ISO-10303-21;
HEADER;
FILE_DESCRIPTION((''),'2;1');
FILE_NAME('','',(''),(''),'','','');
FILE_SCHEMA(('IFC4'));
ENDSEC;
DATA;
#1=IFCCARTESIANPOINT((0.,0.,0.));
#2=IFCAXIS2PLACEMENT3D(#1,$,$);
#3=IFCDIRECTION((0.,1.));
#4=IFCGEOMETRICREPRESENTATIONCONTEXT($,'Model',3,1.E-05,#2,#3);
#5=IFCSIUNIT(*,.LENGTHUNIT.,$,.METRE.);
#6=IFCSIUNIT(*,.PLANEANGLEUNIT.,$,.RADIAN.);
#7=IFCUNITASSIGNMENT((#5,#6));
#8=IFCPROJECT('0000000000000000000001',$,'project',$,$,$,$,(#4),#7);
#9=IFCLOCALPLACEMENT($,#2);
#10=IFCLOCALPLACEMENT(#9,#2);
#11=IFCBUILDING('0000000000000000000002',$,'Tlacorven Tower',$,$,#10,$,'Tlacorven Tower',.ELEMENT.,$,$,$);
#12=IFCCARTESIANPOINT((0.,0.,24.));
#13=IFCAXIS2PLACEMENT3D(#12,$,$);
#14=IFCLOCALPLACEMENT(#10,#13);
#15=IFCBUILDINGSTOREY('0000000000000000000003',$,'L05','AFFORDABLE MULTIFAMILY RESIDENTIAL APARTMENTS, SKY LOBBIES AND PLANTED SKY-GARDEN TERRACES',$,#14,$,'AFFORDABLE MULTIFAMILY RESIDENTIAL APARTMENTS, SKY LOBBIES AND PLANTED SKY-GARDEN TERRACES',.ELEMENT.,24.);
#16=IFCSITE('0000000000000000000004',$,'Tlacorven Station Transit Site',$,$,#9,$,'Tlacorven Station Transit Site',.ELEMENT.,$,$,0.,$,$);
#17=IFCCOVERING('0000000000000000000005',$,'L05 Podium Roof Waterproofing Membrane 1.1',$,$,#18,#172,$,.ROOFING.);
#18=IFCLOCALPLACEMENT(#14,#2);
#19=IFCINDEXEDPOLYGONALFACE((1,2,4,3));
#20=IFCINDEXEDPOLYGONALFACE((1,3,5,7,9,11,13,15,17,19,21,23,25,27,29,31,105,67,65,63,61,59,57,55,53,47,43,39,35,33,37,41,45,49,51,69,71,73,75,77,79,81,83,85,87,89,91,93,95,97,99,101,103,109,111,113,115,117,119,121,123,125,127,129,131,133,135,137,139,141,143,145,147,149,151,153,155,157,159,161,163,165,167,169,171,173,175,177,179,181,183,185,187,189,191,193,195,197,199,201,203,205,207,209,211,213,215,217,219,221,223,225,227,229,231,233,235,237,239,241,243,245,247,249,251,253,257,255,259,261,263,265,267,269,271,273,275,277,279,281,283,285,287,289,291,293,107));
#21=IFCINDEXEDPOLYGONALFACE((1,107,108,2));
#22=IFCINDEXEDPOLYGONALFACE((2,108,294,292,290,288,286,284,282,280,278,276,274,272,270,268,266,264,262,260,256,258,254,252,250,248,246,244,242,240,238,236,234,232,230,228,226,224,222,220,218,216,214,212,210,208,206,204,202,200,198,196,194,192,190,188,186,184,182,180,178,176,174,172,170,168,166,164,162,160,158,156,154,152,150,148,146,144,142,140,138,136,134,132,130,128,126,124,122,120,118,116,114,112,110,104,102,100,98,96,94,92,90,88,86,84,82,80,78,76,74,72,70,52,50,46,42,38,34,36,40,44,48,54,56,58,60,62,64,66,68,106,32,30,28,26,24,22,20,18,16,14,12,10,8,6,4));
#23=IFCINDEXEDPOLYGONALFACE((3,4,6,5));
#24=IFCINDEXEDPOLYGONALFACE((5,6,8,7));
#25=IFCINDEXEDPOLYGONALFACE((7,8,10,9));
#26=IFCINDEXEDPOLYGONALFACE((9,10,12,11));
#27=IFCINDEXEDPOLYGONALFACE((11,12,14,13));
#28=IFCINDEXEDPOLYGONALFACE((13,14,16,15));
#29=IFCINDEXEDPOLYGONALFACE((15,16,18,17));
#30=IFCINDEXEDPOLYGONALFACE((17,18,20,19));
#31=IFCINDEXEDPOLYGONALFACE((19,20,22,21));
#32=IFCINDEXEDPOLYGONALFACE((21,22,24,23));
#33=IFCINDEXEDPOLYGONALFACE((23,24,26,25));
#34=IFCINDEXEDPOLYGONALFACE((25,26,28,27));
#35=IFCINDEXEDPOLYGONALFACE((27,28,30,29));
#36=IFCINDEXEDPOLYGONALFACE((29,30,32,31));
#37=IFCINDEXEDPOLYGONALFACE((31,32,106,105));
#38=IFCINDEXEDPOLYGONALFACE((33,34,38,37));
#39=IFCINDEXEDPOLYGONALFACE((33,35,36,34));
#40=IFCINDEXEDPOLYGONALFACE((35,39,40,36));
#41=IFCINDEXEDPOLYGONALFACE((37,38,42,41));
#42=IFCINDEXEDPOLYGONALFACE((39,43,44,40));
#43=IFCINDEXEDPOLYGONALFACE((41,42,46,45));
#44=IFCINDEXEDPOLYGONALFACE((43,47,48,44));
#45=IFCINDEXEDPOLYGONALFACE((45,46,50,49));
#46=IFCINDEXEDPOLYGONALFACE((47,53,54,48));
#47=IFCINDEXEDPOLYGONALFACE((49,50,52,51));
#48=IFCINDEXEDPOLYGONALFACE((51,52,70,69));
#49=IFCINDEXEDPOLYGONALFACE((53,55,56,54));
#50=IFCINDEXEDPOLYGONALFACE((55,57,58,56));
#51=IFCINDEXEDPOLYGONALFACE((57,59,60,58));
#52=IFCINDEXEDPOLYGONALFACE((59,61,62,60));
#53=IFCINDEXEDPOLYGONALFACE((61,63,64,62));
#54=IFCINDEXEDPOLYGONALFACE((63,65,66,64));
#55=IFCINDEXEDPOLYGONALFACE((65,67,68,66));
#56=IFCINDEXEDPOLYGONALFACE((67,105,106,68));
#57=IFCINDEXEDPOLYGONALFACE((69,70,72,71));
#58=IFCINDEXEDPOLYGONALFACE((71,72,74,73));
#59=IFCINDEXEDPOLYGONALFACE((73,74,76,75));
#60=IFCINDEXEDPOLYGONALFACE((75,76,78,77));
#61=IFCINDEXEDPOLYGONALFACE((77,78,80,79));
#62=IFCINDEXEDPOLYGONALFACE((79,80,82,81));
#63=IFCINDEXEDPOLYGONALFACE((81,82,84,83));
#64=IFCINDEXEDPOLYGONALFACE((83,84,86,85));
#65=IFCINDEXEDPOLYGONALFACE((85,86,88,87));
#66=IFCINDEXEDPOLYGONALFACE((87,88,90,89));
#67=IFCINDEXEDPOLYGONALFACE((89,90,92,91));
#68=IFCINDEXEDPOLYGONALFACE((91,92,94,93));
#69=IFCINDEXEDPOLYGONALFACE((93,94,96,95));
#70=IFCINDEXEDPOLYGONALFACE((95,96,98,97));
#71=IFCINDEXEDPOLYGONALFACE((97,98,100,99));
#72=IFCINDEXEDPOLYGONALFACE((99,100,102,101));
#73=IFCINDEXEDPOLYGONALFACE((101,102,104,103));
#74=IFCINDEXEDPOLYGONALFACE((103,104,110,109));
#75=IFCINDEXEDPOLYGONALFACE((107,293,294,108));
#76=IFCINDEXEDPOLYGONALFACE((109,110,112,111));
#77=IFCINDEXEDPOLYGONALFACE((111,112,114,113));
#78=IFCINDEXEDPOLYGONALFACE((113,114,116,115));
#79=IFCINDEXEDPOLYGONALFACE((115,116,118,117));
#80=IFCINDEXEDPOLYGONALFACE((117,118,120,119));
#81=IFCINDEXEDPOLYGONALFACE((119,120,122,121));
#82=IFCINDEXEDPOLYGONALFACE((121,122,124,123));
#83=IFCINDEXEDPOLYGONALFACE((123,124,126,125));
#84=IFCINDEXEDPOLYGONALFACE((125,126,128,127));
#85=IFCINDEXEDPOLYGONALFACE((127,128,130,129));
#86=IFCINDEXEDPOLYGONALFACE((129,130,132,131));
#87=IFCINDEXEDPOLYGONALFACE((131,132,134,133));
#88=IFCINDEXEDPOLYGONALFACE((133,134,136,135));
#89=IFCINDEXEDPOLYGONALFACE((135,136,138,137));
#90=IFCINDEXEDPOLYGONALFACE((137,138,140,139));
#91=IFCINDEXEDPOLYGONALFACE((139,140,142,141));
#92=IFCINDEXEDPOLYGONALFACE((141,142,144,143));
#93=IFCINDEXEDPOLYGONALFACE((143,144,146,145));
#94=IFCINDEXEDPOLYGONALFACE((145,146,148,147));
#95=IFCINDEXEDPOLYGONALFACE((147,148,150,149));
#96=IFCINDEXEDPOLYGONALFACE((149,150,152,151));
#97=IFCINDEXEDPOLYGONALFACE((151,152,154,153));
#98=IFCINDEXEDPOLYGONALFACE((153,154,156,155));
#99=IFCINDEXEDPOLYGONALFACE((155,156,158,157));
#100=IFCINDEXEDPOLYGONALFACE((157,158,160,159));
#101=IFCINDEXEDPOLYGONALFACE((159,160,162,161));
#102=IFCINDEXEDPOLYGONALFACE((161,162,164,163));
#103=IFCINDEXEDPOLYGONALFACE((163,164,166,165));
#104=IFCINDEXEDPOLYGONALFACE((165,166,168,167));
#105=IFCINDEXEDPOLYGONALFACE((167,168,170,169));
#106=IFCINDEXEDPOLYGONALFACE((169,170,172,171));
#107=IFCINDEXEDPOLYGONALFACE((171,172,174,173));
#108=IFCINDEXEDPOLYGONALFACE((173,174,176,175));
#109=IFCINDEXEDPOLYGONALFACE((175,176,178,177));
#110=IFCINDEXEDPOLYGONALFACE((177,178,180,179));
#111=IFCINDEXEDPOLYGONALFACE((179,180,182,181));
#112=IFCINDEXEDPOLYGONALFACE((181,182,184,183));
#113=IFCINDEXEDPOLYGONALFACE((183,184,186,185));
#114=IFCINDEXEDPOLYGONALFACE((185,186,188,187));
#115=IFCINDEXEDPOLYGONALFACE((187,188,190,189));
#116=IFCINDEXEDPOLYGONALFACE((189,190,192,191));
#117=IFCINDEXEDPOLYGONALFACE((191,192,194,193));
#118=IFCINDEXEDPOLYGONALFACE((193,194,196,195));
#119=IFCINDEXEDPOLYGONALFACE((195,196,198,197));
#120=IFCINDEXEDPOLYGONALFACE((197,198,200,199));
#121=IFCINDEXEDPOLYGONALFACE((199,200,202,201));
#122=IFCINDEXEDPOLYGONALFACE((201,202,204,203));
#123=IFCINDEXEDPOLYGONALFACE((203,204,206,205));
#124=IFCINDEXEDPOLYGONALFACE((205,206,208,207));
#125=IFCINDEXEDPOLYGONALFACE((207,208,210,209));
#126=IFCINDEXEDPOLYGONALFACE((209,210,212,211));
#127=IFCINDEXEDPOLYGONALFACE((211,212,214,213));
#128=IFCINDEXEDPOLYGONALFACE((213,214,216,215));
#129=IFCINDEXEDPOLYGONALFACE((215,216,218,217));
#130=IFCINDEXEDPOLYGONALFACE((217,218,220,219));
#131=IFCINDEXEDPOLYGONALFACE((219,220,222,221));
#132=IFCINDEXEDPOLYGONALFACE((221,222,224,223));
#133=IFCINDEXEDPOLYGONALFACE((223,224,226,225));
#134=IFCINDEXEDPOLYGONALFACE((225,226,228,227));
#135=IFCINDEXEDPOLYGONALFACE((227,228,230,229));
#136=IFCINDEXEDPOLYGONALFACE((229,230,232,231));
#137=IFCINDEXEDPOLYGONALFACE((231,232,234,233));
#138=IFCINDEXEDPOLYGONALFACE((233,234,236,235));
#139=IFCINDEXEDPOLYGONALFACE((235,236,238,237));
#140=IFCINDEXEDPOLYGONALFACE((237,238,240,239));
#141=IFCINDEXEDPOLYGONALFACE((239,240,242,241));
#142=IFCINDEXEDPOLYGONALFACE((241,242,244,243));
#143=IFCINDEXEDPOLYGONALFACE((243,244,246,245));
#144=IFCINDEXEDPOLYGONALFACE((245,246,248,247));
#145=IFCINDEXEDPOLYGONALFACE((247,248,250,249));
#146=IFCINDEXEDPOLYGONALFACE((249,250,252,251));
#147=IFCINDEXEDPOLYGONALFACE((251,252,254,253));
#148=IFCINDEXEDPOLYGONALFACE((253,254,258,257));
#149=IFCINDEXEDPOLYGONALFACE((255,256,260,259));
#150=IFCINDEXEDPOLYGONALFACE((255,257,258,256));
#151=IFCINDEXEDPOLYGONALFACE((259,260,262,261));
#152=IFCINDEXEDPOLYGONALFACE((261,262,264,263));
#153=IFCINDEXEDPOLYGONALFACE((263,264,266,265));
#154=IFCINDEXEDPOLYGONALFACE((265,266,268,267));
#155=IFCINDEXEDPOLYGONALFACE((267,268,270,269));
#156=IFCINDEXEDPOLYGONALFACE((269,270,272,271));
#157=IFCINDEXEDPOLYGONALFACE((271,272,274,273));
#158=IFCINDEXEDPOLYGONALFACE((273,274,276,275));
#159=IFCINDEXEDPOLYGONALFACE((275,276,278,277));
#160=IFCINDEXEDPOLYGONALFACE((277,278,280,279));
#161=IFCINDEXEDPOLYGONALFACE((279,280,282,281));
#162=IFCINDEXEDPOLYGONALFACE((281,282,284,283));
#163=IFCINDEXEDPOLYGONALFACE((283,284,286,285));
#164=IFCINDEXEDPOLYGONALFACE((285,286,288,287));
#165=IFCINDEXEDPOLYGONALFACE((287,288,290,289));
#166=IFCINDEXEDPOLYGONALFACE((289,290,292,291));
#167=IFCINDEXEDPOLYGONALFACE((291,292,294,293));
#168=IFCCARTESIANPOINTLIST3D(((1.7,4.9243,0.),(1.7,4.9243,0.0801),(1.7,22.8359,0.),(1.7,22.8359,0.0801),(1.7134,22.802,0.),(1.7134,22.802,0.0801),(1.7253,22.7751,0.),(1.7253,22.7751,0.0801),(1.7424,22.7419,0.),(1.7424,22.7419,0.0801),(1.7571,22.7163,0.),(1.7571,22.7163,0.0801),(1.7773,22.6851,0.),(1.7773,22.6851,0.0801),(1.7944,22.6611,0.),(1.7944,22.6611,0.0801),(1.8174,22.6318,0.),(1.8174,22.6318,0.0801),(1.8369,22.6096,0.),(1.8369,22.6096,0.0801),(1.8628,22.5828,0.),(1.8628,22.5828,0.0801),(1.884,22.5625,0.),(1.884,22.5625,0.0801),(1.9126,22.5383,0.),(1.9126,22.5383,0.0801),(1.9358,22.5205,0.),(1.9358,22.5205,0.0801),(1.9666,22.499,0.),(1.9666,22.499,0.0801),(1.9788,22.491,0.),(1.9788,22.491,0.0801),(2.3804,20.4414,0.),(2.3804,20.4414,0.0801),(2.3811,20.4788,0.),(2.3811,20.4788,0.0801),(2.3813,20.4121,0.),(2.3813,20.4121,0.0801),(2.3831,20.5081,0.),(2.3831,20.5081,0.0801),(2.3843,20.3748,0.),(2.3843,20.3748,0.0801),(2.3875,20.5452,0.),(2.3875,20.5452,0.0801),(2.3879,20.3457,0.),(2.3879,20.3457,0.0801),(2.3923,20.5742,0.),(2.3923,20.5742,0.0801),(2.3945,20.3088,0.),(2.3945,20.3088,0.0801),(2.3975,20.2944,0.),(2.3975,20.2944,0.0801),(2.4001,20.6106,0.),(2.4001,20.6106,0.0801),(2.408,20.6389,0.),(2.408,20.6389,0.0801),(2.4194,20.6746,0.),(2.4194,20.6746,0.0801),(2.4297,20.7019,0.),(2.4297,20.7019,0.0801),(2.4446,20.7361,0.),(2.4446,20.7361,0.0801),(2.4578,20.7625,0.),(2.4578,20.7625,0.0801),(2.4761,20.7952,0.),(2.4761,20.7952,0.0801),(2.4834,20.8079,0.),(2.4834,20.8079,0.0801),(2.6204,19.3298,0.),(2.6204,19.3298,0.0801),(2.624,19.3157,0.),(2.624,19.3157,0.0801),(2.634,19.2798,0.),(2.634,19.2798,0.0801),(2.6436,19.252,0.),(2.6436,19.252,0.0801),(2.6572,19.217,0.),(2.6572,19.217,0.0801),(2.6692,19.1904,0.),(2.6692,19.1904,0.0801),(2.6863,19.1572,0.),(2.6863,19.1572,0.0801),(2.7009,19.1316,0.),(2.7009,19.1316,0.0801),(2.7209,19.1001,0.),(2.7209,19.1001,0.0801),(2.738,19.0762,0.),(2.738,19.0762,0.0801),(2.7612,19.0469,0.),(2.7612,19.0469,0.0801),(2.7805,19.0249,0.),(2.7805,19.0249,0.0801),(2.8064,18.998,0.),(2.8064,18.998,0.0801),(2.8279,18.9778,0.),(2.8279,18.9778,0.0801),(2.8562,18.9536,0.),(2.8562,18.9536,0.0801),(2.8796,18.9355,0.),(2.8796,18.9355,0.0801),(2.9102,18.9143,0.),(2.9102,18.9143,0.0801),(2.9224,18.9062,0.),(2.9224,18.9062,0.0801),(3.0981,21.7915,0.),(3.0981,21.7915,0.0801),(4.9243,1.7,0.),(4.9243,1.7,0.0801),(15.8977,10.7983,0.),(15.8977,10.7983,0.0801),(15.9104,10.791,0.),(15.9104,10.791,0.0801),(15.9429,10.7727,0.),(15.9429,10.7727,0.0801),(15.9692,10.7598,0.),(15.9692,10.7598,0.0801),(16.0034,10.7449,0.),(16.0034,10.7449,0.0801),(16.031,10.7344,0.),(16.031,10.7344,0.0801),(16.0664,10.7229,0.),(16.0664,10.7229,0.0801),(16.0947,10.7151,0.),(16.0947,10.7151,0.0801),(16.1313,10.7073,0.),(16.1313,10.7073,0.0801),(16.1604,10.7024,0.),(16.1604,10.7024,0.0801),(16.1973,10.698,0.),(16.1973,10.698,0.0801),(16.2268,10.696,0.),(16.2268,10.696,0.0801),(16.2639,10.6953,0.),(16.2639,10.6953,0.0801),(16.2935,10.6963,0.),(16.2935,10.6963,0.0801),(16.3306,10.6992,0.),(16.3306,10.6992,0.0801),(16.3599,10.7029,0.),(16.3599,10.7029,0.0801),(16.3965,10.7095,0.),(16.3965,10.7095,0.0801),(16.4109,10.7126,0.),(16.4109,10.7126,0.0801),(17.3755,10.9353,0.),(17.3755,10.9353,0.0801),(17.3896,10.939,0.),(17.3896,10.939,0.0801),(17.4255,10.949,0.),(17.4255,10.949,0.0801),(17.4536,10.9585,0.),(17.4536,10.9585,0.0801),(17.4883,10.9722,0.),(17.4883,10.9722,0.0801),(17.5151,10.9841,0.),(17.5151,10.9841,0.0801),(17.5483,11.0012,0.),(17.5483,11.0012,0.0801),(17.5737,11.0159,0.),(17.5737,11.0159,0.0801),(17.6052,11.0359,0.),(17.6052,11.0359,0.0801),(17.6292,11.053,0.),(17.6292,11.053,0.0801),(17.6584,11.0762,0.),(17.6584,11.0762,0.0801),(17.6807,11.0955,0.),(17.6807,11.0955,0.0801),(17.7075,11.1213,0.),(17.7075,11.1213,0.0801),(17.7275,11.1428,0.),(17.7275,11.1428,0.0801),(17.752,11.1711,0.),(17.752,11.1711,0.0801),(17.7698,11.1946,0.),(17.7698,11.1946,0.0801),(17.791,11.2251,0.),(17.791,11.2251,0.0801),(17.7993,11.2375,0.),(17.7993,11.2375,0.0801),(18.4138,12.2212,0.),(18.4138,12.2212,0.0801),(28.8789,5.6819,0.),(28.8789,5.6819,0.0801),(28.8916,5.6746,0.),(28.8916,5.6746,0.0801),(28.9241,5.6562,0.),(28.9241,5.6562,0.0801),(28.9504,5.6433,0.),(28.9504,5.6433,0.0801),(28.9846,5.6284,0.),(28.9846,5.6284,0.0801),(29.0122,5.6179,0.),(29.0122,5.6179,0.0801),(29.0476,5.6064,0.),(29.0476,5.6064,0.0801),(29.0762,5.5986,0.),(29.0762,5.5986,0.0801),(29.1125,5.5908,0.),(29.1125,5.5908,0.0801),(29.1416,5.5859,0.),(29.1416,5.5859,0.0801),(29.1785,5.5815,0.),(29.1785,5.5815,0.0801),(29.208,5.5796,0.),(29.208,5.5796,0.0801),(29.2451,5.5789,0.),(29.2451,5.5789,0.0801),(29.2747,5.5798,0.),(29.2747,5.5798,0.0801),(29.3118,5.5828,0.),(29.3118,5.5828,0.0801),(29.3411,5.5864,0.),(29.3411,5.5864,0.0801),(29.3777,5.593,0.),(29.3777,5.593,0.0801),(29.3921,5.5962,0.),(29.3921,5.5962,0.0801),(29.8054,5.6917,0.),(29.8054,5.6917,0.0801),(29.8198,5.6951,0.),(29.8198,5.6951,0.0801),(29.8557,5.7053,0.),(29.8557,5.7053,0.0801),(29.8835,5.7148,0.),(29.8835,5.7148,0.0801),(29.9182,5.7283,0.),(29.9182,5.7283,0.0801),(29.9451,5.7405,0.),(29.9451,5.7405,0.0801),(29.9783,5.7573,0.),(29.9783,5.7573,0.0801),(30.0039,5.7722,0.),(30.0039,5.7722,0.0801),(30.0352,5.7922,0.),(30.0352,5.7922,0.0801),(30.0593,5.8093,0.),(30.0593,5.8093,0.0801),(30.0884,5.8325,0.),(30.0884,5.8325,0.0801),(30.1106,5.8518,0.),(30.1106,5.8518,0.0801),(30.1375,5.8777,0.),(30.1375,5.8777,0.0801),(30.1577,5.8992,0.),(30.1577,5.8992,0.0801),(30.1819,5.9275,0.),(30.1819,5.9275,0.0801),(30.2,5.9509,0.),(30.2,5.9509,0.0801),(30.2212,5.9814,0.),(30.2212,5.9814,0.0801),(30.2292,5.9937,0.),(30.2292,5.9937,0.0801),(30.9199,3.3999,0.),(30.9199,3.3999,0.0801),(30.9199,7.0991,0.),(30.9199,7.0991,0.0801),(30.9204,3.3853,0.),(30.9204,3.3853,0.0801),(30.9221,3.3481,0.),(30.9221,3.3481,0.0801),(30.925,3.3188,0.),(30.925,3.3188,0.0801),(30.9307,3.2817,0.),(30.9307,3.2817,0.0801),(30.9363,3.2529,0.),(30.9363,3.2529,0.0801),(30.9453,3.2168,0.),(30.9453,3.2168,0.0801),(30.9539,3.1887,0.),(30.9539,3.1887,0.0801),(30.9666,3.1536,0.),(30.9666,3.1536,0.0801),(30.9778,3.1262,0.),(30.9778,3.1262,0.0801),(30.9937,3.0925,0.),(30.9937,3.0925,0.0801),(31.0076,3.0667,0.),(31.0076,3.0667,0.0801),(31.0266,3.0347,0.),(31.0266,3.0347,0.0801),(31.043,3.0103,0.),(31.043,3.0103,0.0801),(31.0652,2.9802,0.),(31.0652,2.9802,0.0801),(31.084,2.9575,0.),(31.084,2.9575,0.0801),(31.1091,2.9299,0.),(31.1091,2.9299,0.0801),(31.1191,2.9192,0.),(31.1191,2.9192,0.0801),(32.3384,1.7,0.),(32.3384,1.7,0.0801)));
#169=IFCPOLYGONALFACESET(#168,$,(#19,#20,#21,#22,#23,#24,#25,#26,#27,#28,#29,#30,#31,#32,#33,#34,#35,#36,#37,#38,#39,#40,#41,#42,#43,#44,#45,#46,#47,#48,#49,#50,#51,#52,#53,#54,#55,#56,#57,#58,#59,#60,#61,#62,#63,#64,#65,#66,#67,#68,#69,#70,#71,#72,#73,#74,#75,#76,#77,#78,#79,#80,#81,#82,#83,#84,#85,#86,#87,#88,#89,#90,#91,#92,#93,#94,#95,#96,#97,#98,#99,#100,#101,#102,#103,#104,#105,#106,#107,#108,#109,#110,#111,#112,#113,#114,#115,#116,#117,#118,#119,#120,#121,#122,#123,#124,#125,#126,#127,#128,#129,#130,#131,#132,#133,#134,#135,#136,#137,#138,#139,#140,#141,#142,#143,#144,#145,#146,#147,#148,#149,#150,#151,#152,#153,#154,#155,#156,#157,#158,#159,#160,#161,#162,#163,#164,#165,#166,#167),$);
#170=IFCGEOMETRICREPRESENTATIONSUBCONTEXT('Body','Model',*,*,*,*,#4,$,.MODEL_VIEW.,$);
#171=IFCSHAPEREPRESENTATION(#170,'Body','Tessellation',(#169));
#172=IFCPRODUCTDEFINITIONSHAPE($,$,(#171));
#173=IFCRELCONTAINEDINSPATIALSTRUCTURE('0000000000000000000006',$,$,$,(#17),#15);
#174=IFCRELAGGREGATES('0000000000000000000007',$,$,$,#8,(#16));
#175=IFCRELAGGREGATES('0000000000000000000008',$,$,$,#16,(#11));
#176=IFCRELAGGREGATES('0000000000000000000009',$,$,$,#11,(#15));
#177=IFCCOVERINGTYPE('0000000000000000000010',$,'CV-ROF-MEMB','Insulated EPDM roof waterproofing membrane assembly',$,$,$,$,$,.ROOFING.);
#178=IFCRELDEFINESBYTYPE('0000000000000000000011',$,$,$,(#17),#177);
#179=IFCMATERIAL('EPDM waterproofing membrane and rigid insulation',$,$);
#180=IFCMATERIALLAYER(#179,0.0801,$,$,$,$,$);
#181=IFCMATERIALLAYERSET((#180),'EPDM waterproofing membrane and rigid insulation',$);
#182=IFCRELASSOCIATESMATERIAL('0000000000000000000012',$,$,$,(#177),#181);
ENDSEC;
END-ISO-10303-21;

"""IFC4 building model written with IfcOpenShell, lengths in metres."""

from ifc_helpers import new_model, si_unit, direction, frame, origin, place, context, subcontext, project, spatial, polyline, outline, extrude, material, layer, layer_set, type_object, element, save


model = new_model("IFC4")

# Units and contexts
model_context = context("Model", 3, precision=1e-05, world=origin(), true_north=direction((0.0, 1.0)))
body_context = subcontext(model_context, "Body", "Model", "MODEL_VIEW")
ifc_project = project(units=[si_unit("LENGTHUNIT", "METRE"), si_unit("PLANEANGLEUNIT", "RADIAN")], contexts=[model_context])

# Site, building, storey
site_placement = place(None, origin())
site = spatial("IfcSite", under=ifc_project, at=site_placement, Name="Tlacorven Station Transit Site", LongName="Tlacorven Station Transit Site", CompositionType="ELEMENT", RefElevation=0.0)
building_placement = place(site_placement, origin())
building = spatial("IfcBuilding", under=site, at=building_placement, Name="Tlacorven Tower", LongName="Tlacorven Tower", CompositionType="ELEMENT")
storey_placement = place(building_placement, frame((0.0, 0.0, 24.0)))
storey = spatial("IfcBuildingStorey", under=building, at=storey_placement, Name="L05", Description="AFFORDABLE MULTIFAMILY RESIDENTIAL APARTMENTS, SKY LOBBIES AND PLANTED SKY-GARDEN TERRACES", LongName="AFFORDABLE MULTIFAMILY RESIDENTIAL APARTMENTS, SKY LOBBIES AND PLANTED SKY-GARDEN TERRACES", CompositionType="ELEMENT", Elevation=24.0)

# Covering
ifc_material_1 = material(Name="EPDM waterproofing membrane and rigid insulation")
ifc_layer_1 = layer(ifc_material_1, 0.0801)
ifc_layer_set_1 = layer_set([ifc_layer_1], Name="EPDM waterproofing membrane and rigid insulation")
covering_type_1 = type_object("IfcCoveringType", Name="CV-ROF-MEMB", Description="Insulated EPDM roof waterproofing membrane assembly", PredefinedType="ROOFING", material=ifc_layer_set_1)
covering_1_placement = place(storey_placement, origin())
element("IfcCovering", 1, at=covering_1_placement, inside=storey, type_object=covering_type_1, Name="L05 Podium Roof Waterproofing Membrane 1.1", PredefinedType="ROOFING", context=body_context, shape_type="SweptSolid", body=[
    extrude(outline(polyline([(1.7, 22.8359), (1.7134, 22.802), (1.7253, 22.7751), (1.7424, 22.7419), (1.7571, 22.7163), (1.7773, 22.6851), (1.7944, 22.6611), (1.8174, 22.6318), (1.8369, 22.6096), (1.8628, 22.5828), (1.884, 22.5625), (1.9126, 22.5383), (1.9358, 22.5205), (1.9666, 22.499), (1.9788, 22.491), (3.0981, 21.7915), (2.4834, 20.8079), (2.4761, 20.7952), (2.4578, 20.7625), (2.4446, 20.7361), (2.4297, 20.7019), (2.4194, 20.6746), (2.408, 20.6389), (2.4001, 20.6106), (2.3923, 20.5742), (2.3875, 20.5452), (2.3831, 20.5081), (2.3811, 20.4788), (2.3804, 20.4414), (2.3813, 20.4121), (2.3843, 20.3748), (2.3879, 20.3457), (2.3945, 20.3088), (2.3975, 20.2944), (2.6204, 19.3298), (2.624, 19.3157), (2.634, 19.2798), (2.6436, 19.252), (2.6572, 19.217), (2.6692, 19.1904), (2.6863, 19.1572), (2.7009, 19.1316), (2.7209, 19.1001), (2.738, 19.0762), (2.7612, 19.0469), (2.7805, 19.0249), (2.8064, 18.998), (2.8279, 18.9778), (2.8562, 18.9536), (2.8796, 18.9355), (2.9102, 18.9143), (2.9224, 18.9062), (15.8977, 10.7983), (15.9104, 10.791), (15.9429, 10.7727), (15.9692, 10.7598), (16.0034, 10.7449), (16.031, 10.7344), (16.0664, 10.7229), (16.0947, 10.7151), (16.1313, 10.7073), (16.1604, 10.7024), (16.1973, 10.698), (16.2268, 10.696), (16.2639, 10.6953), (16.2935, 10.6963), (16.3306, 10.6992), (16.3599, 10.7029), (16.3965, 10.7095), (16.4109, 10.7126), (17.3755, 10.9353), (17.3896, 10.939), (17.4255, 10.949), (17.4536, 10.9585), (17.4883, 10.9722), (17.5151, 10.9841), (17.5483, 11.0012), (17.5737, 11.0159), (17.6052, 11.0359), (17.6292, 11.053), (17.6584, 11.0762), (17.6807, 11.0955), (17.7075, 11.1213), (17.7275, 11.1428), (17.752, 11.1711), (17.7698, 11.1946), (17.791, 11.2251), (17.7993, 11.2375), (18.4138, 12.2212), (28.8789, 5.6819), (28.8916, 5.6746), (28.9241, 5.6562), (28.9504, 5.6433), (28.9846, 5.6284), (29.0122, 5.6179), (29.0476, 5.6064), (29.0762, 5.5986), (29.1125, 5.5908), (29.1416, 5.5859), (29.1785, 5.5815), (29.208, 5.5796), (29.2451, 5.5789), (29.2747, 5.5798), (29.3118, 5.5828), (29.3411, 5.5864), (29.3777, 5.593), (29.3921, 5.5962), (29.8054, 5.6917), (29.8198, 5.6951), (29.8557, 5.7053), (29.8835, 5.7148), (29.9182, 5.7283), (29.9451, 5.7405), (29.9783, 5.7573), (30.0039, 5.7722), (30.0352, 5.7922), (30.0593, 5.8093), (30.0884, 5.8325), (30.1106, 5.8518), (30.1375, 5.8777), (30.1577, 5.8992), (30.1819, 5.9275), (30.2, 5.9509), (30.2212, 5.9814), (30.2292, 5.9937), (30.9199, 7.0991), (30.9199, 3.3999), (30.9204, 3.3853), (30.9221, 3.3481), (30.925, 3.3188), (30.9307, 3.2817), (30.9363, 3.2529), (30.9453, 3.2168), (30.9539, 3.1887), (30.9666, 3.1536), (30.9778, 3.1262), (30.9937, 3.0925), (31.0076, 3.0667), (31.0266, 3.0347), (31.043, 3.0103), (31.0652, 2.9802), (31.084, 2.9575), (31.1091, 2.9299), (31.1191, 2.9192), (32.3384, 1.7), (4.9243, 1.7), (1.7, 4.9243), (1.7, 22.8359)])), origin(), (0.0, 0.0, 1.0), 0.0801),
])

save(model, "model.ifc")
